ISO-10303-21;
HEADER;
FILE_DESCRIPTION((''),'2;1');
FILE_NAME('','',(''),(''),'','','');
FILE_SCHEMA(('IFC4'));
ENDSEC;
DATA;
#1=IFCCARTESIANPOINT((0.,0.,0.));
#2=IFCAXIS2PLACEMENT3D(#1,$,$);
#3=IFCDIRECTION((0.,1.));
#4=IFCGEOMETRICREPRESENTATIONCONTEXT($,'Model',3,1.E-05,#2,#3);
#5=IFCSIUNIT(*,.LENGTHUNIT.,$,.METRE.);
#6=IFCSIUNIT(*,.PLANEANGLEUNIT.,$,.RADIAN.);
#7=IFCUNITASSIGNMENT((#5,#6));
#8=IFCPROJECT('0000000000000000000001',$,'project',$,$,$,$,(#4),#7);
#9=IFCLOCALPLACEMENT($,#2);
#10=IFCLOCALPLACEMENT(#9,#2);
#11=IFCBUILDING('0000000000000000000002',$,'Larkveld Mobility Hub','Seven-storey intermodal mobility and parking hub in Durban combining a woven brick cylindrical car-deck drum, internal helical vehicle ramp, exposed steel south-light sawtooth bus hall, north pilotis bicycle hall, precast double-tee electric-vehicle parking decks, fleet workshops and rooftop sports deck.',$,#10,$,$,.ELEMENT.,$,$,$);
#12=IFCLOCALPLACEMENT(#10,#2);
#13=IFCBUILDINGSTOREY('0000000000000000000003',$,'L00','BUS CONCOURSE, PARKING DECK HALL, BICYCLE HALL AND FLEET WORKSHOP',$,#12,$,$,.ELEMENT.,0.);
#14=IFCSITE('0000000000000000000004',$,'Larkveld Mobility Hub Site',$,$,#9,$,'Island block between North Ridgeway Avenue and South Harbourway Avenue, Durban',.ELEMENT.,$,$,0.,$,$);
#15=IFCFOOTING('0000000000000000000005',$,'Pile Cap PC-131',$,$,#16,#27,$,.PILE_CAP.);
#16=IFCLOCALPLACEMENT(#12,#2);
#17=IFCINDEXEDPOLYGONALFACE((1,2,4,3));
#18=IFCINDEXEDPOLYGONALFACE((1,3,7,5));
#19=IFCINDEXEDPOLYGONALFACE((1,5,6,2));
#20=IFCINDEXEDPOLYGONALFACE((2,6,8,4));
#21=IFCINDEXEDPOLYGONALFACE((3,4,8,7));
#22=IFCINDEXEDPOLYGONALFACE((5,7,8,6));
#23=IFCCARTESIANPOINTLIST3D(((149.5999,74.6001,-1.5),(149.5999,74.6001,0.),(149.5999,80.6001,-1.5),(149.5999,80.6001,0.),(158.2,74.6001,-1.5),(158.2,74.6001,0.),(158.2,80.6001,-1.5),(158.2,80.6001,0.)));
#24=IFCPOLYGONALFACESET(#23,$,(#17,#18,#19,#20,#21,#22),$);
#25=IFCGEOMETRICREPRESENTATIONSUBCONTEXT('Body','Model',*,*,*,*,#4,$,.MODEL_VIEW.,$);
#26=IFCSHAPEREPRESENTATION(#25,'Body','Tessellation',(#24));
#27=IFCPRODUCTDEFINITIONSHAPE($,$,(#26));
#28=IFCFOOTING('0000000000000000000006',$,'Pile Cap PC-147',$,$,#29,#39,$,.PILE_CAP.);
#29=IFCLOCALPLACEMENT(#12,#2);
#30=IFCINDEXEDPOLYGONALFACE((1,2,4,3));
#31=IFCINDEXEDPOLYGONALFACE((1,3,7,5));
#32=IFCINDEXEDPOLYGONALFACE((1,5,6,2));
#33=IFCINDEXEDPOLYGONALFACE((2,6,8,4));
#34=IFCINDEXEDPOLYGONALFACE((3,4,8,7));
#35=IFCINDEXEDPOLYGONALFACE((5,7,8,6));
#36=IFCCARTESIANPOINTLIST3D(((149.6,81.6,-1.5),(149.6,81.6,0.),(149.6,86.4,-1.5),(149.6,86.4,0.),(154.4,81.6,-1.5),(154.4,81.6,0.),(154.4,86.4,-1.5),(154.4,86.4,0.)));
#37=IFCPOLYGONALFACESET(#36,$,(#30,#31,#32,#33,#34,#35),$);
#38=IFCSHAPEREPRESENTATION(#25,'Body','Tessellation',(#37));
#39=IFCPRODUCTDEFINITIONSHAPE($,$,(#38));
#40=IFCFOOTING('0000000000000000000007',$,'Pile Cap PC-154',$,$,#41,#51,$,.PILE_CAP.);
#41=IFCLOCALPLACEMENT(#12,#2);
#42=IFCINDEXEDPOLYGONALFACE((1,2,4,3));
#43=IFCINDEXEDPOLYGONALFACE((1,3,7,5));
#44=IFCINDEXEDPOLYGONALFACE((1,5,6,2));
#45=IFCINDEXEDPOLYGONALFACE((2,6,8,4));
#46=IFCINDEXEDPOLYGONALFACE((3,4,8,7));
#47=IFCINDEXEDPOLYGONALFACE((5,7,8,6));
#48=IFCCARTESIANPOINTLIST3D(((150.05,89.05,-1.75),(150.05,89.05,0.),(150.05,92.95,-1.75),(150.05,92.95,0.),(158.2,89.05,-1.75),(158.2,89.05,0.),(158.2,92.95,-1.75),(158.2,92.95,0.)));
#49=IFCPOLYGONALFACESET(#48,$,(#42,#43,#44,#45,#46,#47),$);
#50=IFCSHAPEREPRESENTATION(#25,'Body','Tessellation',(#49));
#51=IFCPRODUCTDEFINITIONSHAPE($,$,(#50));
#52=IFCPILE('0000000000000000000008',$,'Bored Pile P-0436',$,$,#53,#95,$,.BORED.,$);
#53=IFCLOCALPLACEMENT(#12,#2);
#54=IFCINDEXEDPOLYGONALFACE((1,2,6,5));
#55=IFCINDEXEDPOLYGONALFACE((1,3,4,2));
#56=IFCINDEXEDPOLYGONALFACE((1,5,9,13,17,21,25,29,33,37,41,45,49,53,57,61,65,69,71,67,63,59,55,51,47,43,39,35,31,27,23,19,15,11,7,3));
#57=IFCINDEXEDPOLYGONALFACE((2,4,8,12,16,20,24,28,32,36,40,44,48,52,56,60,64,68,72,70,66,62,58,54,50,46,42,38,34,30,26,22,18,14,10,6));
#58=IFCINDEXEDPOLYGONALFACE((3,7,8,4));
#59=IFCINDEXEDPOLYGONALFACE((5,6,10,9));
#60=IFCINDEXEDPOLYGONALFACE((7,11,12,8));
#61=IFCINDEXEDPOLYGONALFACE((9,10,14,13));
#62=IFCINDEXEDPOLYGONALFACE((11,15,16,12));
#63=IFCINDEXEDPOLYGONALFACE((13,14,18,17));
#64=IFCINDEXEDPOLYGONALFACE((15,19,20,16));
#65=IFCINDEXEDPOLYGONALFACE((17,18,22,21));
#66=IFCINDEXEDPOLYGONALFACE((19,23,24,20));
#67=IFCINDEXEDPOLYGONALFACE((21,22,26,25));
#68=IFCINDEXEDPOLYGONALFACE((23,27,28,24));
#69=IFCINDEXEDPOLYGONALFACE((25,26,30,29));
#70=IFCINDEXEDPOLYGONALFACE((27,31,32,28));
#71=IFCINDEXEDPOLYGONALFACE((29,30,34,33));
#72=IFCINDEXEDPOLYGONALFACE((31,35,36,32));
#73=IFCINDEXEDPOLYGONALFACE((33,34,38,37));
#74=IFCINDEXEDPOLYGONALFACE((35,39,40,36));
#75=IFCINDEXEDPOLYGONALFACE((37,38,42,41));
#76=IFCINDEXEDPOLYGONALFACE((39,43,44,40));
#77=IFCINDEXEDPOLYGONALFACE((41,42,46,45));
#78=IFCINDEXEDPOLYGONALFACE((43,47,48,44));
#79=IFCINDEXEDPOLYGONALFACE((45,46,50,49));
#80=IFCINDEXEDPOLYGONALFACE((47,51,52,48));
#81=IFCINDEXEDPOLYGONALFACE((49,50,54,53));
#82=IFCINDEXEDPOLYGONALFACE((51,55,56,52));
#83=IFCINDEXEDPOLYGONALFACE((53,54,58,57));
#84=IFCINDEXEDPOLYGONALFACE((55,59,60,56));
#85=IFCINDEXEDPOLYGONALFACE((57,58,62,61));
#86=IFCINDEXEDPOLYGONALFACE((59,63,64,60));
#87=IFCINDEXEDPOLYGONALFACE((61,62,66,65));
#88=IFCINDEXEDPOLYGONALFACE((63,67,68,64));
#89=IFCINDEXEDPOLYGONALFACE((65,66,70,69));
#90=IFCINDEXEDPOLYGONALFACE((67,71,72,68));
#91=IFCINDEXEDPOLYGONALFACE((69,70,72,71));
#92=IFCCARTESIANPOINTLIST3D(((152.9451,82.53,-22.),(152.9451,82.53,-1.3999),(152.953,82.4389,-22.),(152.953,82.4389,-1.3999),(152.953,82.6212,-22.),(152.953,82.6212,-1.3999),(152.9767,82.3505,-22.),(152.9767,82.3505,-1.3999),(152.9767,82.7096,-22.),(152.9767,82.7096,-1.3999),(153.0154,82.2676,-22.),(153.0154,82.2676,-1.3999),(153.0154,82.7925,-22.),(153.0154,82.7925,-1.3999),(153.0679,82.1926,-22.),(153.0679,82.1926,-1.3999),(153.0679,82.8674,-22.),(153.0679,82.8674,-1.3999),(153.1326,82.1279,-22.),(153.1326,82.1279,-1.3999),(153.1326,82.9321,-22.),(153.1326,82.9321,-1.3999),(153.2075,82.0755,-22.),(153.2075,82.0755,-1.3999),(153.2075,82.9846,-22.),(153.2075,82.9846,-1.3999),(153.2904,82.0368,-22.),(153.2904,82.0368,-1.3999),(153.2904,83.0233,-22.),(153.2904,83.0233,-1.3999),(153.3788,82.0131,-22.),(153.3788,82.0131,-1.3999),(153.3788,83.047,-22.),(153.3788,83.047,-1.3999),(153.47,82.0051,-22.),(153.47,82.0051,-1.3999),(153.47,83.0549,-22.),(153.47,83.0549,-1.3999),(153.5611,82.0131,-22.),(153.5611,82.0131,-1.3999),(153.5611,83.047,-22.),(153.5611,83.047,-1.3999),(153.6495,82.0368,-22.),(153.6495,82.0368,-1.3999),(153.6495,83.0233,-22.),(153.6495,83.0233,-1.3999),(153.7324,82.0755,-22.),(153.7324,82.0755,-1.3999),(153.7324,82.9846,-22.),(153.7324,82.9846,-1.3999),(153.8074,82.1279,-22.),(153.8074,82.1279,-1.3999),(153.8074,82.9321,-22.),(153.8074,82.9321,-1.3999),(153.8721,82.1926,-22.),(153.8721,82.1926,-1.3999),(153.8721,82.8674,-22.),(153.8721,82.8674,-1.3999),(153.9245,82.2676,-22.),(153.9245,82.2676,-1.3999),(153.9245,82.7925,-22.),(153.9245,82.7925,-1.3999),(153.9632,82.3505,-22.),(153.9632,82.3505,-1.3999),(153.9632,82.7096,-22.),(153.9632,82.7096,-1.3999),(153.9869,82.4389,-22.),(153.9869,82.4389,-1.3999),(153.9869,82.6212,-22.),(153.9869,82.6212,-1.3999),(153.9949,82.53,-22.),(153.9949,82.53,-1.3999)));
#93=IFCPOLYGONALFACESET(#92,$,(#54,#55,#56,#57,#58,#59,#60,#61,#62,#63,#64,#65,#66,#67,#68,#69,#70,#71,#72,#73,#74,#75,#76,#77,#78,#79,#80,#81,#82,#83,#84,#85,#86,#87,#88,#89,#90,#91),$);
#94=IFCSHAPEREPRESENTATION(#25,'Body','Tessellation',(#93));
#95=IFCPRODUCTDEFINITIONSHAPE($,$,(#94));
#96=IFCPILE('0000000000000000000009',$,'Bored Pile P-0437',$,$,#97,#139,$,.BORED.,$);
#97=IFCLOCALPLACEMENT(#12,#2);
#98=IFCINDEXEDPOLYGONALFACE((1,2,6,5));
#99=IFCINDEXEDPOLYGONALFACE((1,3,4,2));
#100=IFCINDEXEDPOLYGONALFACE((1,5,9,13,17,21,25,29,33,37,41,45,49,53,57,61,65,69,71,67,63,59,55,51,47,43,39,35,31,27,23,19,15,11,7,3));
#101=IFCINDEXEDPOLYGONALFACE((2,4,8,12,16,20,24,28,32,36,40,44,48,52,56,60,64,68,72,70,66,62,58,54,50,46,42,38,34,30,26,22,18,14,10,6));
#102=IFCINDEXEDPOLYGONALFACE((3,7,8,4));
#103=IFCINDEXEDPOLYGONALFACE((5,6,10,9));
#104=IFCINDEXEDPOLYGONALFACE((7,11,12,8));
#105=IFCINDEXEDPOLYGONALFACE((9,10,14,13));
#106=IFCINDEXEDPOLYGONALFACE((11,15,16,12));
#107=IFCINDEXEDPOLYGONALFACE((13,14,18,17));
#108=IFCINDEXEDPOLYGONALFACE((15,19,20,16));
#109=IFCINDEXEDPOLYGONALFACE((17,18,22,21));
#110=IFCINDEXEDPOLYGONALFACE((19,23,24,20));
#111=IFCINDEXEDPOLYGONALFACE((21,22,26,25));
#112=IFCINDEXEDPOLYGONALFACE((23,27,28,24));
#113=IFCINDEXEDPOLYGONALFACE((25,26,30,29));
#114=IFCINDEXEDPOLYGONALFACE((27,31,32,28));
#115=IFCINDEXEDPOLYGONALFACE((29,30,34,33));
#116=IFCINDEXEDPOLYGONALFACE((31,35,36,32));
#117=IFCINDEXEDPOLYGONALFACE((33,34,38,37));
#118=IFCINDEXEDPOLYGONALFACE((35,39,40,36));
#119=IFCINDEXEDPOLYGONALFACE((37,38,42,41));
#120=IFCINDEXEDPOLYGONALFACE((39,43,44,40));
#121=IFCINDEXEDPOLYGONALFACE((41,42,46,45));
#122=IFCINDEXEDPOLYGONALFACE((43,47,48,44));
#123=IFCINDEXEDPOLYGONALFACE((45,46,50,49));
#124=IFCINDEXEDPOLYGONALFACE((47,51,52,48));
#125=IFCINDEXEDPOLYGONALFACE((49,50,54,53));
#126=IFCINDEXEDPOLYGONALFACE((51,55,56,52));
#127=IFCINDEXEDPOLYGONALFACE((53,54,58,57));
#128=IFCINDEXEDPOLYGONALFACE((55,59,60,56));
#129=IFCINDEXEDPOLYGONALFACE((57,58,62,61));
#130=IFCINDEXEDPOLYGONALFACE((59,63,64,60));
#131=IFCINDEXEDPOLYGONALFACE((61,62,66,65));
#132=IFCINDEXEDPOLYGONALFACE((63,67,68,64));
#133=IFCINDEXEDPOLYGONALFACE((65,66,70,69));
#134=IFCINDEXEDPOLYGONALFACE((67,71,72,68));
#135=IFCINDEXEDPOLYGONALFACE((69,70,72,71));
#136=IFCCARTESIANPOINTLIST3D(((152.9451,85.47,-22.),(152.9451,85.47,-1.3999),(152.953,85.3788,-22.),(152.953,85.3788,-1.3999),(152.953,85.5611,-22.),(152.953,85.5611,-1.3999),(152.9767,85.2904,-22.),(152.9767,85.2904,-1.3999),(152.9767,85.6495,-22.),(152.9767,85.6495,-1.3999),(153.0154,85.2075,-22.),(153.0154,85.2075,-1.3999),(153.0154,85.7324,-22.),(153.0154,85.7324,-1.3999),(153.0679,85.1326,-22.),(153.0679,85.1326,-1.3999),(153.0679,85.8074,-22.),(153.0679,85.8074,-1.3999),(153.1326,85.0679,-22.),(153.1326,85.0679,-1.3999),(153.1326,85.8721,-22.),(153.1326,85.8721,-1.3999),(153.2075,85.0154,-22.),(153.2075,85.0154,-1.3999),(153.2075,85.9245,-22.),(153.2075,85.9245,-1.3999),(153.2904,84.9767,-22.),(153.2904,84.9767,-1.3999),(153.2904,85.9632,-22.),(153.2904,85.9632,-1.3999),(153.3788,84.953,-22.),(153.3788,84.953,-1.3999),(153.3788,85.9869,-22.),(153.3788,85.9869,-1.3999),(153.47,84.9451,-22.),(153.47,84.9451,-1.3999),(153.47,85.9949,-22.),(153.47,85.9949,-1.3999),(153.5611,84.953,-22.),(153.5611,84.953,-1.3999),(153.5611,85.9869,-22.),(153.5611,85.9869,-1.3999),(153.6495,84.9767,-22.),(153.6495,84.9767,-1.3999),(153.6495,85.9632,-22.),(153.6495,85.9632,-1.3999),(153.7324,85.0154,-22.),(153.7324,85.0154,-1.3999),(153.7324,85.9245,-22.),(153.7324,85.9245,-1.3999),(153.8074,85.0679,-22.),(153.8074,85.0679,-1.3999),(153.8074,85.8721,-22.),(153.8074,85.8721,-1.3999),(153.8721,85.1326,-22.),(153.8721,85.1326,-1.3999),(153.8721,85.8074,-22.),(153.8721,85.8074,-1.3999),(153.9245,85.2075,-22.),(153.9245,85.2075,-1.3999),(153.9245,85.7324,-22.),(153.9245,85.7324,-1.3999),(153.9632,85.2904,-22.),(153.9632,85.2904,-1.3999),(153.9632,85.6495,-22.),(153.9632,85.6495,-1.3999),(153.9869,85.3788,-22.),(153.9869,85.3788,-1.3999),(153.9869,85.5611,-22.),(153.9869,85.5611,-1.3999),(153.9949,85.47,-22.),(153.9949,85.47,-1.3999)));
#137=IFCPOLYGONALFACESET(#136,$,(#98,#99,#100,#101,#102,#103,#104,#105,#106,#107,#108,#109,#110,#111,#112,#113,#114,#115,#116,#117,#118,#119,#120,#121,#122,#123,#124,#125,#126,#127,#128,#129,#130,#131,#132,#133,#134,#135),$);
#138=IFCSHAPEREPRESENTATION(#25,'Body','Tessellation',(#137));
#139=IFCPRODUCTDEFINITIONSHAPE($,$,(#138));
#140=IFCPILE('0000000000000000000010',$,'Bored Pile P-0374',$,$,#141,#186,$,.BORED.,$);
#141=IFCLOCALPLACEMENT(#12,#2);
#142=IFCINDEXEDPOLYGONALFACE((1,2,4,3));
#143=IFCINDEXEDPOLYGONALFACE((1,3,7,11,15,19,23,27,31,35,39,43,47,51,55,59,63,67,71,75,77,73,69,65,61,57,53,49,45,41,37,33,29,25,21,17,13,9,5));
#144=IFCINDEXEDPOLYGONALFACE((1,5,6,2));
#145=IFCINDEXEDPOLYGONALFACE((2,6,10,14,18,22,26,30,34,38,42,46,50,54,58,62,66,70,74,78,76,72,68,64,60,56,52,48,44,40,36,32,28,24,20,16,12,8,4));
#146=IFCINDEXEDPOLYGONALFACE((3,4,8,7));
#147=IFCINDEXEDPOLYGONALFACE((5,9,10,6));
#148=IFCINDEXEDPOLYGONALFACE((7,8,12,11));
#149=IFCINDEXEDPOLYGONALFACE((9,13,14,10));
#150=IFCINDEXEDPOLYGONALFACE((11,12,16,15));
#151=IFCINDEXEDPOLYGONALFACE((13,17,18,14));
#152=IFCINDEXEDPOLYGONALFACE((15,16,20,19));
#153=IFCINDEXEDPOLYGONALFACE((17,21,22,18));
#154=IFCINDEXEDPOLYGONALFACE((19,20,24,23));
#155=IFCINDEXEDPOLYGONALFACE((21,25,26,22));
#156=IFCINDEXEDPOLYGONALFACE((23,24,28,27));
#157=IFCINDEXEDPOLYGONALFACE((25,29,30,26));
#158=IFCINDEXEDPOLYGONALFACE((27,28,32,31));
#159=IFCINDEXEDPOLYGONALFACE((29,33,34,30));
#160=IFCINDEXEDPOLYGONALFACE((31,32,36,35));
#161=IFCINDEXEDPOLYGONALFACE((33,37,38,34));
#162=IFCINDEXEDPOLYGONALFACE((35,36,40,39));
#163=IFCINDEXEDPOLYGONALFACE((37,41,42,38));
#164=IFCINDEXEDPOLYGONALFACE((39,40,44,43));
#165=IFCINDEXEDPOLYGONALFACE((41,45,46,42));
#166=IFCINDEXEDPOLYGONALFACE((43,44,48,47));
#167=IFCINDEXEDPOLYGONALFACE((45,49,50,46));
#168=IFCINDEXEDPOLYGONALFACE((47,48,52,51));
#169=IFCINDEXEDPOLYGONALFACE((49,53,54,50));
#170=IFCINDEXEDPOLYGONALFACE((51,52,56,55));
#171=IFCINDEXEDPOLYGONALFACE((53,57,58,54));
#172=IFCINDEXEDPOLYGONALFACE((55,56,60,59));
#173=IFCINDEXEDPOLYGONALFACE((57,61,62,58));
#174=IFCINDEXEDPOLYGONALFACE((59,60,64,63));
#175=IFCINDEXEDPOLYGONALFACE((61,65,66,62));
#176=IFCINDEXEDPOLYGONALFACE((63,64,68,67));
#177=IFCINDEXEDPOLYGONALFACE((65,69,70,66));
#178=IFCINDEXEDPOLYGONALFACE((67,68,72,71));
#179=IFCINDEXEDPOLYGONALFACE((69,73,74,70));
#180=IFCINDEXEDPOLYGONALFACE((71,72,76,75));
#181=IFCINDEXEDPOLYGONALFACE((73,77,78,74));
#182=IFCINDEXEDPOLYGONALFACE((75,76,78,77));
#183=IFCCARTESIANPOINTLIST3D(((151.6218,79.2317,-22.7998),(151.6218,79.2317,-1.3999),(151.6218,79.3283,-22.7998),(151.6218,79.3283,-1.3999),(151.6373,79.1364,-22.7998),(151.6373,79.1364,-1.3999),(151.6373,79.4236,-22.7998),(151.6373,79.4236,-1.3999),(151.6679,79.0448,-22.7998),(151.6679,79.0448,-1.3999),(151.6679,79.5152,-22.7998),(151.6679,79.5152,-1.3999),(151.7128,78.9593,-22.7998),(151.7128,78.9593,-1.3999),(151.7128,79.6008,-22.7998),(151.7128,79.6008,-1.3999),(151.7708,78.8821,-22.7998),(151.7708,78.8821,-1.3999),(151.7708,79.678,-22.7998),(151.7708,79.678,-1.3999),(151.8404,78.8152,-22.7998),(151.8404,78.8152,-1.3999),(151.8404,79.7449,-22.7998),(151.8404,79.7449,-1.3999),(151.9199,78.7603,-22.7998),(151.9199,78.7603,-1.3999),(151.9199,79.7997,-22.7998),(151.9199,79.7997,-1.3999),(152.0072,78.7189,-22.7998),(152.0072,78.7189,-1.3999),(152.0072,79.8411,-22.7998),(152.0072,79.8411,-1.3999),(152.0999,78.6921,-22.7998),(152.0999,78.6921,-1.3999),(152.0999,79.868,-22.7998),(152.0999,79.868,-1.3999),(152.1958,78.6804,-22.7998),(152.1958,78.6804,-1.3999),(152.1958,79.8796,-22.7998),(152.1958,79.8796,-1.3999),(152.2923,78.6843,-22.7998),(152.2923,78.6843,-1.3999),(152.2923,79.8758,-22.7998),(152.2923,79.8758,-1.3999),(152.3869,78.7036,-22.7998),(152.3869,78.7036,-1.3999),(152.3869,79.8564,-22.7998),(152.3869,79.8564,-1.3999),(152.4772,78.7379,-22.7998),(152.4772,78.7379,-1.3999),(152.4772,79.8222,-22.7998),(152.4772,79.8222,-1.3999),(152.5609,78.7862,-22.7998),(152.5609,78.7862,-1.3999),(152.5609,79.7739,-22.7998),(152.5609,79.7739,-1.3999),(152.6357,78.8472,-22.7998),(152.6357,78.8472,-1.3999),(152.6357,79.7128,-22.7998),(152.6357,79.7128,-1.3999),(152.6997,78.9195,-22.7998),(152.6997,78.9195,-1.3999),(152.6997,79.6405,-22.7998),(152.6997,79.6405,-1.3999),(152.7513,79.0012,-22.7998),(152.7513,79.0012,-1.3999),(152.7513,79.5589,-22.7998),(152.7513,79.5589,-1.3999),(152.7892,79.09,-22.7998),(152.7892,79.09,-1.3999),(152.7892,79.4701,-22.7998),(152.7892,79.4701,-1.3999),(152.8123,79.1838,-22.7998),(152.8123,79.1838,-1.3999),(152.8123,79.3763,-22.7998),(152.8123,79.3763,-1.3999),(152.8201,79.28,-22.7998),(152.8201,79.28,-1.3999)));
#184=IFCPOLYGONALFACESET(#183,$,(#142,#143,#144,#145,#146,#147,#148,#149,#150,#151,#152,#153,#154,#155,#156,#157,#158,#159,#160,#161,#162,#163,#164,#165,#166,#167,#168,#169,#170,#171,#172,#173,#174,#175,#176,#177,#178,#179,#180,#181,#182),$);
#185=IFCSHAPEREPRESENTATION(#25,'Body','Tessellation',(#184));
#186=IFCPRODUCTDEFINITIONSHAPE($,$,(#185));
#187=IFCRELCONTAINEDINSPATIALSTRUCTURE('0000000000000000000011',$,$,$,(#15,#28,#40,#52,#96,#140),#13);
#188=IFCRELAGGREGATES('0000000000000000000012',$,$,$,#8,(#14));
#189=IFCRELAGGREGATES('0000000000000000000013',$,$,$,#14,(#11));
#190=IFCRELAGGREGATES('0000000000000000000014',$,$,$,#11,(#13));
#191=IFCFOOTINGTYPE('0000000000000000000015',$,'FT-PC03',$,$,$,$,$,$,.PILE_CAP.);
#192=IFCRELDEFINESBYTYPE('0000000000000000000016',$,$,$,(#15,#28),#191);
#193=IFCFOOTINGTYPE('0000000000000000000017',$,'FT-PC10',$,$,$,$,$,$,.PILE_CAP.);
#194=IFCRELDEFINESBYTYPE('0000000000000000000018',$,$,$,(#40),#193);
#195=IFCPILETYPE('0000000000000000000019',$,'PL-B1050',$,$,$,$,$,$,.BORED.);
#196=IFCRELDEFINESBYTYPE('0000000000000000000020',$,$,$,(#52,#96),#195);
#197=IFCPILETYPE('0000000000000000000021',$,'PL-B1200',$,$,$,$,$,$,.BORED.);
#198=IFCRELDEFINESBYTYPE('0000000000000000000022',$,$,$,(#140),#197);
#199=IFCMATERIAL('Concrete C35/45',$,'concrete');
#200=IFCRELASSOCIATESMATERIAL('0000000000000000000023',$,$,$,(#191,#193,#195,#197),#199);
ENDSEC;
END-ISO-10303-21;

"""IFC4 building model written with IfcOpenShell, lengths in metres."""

from ifc_helpers import new_model, si_unit, direction, frame, origin, origin_2d, place, context, subcontext, project, spatial, rectangle, circle, extrude, material, material_profile, profile_set, type_object, element, save


model = new_model("IFC4")

# Units and contexts
model_context = context("Model", 3, precision=1e-05, world=origin(), true_north=direction((0.0, 1.0)))
body_context = subcontext(model_context, "Body", "Model", "MODEL_VIEW")
ifc_project = project(units=[si_unit("LENGTHUNIT", "METRE"), si_unit("PLANEANGLEUNIT", "RADIAN")], contexts=[model_context])

# Site, building, storey
site_placement = place(None, origin())
site = spatial("IfcSite", under=ifc_project, at=site_placement, Name="Larkveld Mobility Hub Site", LongName="Island block between North Ridgeway Avenue and South Harbourway Avenue, Durban", CompositionType="ELEMENT", RefElevation=0.0)
building_placement = place(site_placement, origin())
building = spatial("IfcBuilding", under=site, at=building_placement, Name="Larkveld Mobility Hub", Description="Seven-storey intermodal mobility and parking hub in Durban combining a woven brick cylindrical car-deck drum, internal helical vehicle ramp, exposed steel south-light sawtooth bus hall, north pilotis bicycle hall, precast double-tee electric-vehicle parking decks, fleet workshops and rooftop sports deck.", CompositionType="ELEMENT")
storey_placement = place(building_placement, origin())
storey = spatial("IfcBuildingStorey", under=building, at=storey_placement, Name="L00", Description="BUS CONCOURSE, PARKING DECK HALL, BICYCLE HALL AND FLEET WORKSHOP", CompositionType="ELEMENT", Elevation=0.0)

# Footings
ifc_material_1 = material(Name="Concrete C35/45", Category="concrete")
footing_type_1 = type_object("IfcFootingType", Name="FT-PC03", PredefinedType="PILE_CAP", material=ifc_material_1)
footing_1_placement = place(storey_placement, frame((153.8999, 77.6001, -1.5), z_axis=(0.0, 0.0, 1.0), x_axis=(1.0, 0.0, 0.0)))
element("IfcFooting", 1, at=footing_1_placement, inside=storey, type_object=footing_type_1, Name="Pile Cap PC-131", PredefinedType="PILE_CAP", context=body_context, shape_type="SweptSolid", body=[
    extrude(rectangle(XDim=8.6001, YDim=6.0, at=origin_2d()), origin(), (0.0, 0.0, 1.0), 1.5),
])
footing_2_placement = place(storey_placement, frame((152.0, 84.0, -1.5), z_axis=(0.0, 0.0, 1.0), x_axis=(1.0, 0.0, 0.0)))
element("IfcFooting", 2, at=footing_2_placement, inside=storey, type_object=footing_type_1, Name="Pile Cap PC-147", PredefinedType="PILE_CAP", context=body_context, shape_type="SweptSolid", body=[
    extrude(rectangle(XDim=4.8, YDim=4.8, at=origin_2d()), origin(), (0.0, 0.0, 1.0), 1.5),
])
footing_type_2 = type_object("IfcFootingType", Name="FT-PC10", PredefinedType="PILE_CAP", material=ifc_material_1)
footing_3_placement = place(storey_placement, frame((154.125, 91.0, -1.75), z_axis=(0.0, 0.0, 1.0), x_axis=(1.0, 0.0, 0.0)))
element("IfcFooting", 3, at=footing_3_placement, inside=storey, type_object=footing_type_2, Name="Pile Cap PC-154", PredefinedType="PILE_CAP", context=body_context, shape_type="SweptSolid", body=[
    extrude(rectangle(XDim=8.1499, YDim=3.8999, at=origin_2d()), origin(), (0.0, 0.0, 1.0), 1.75),
])

# Piles
ifc_material_profile_1 = material_profile(ifc_material_1, circle(Radius=0.5249, at=origin_2d()), Name="PILE D1050")
ifc_profile_set_1 = profile_set([ifc_material_profile_1], Name="Concrete C35/45")
pile_type_1 = type_object("IfcPileType", Name="PL-B1050", PredefinedType="BORED", material=ifc_profile_set_1)
for number, where, z_axis, x_axis, name in (
    (4, (153.47, 82.53, -1.3999), (0.0, 0.0, -1.0), (1.0, 0.0, 0.0), "Bored Pile P-0436"),
    (5, (153.47, 85.47, -1.3999), (0.0, 0.0, -1.0), (1.0, 0.0, 0.0), "Bored Pile P-0437"),
):
    element("IfcPile", number, at=place(storey_placement, frame(where, z_axis=z_axis, x_axis=x_axis)), inside=storey, type_object=pile_type_1, Name=name, PredefinedType="BORED", context=body_context, shape_type="SweptSolid", body=[
        extrude(circle(Radius=0.5249, at=origin_2d()), origin(), (0.0, 0.0, 1.0), 20.6001),
    ])
ifc_material_profile_2 = material_profile(ifc_material_1, circle(Radius=0.6001, at=origin_2d()), Name="PILE D1200")
ifc_profile_set_2 = profile_set([ifc_material_profile_2], Name="Concrete C35/45")
pile_type_2 = type_object("IfcPileType", Name="PL-B1200", PredefinedType="BORED", material=ifc_profile_set_2)
for number, where, z_axis, x_axis, name in (
    (6, (152.22, 79.28, -1.3999), (0.0, 0.0, -1.0), (1.0, 0.0, 0.0), "Bored Pile P-0374"),
):
    element("IfcPile", number, at=place(storey_placement, frame(where, z_axis=z_axis, x_axis=x_axis)), inside=storey, type_object=pile_type_2, Name=name, PredefinedType="BORED", context=body_context, shape_type="SweptSolid", body=[
        extrude(circle(Radius=0.6001, at=origin_2d()), origin(), (0.0, 0.0, 1.0), 21.3999),
    ])

save(model, "model.ifc")
